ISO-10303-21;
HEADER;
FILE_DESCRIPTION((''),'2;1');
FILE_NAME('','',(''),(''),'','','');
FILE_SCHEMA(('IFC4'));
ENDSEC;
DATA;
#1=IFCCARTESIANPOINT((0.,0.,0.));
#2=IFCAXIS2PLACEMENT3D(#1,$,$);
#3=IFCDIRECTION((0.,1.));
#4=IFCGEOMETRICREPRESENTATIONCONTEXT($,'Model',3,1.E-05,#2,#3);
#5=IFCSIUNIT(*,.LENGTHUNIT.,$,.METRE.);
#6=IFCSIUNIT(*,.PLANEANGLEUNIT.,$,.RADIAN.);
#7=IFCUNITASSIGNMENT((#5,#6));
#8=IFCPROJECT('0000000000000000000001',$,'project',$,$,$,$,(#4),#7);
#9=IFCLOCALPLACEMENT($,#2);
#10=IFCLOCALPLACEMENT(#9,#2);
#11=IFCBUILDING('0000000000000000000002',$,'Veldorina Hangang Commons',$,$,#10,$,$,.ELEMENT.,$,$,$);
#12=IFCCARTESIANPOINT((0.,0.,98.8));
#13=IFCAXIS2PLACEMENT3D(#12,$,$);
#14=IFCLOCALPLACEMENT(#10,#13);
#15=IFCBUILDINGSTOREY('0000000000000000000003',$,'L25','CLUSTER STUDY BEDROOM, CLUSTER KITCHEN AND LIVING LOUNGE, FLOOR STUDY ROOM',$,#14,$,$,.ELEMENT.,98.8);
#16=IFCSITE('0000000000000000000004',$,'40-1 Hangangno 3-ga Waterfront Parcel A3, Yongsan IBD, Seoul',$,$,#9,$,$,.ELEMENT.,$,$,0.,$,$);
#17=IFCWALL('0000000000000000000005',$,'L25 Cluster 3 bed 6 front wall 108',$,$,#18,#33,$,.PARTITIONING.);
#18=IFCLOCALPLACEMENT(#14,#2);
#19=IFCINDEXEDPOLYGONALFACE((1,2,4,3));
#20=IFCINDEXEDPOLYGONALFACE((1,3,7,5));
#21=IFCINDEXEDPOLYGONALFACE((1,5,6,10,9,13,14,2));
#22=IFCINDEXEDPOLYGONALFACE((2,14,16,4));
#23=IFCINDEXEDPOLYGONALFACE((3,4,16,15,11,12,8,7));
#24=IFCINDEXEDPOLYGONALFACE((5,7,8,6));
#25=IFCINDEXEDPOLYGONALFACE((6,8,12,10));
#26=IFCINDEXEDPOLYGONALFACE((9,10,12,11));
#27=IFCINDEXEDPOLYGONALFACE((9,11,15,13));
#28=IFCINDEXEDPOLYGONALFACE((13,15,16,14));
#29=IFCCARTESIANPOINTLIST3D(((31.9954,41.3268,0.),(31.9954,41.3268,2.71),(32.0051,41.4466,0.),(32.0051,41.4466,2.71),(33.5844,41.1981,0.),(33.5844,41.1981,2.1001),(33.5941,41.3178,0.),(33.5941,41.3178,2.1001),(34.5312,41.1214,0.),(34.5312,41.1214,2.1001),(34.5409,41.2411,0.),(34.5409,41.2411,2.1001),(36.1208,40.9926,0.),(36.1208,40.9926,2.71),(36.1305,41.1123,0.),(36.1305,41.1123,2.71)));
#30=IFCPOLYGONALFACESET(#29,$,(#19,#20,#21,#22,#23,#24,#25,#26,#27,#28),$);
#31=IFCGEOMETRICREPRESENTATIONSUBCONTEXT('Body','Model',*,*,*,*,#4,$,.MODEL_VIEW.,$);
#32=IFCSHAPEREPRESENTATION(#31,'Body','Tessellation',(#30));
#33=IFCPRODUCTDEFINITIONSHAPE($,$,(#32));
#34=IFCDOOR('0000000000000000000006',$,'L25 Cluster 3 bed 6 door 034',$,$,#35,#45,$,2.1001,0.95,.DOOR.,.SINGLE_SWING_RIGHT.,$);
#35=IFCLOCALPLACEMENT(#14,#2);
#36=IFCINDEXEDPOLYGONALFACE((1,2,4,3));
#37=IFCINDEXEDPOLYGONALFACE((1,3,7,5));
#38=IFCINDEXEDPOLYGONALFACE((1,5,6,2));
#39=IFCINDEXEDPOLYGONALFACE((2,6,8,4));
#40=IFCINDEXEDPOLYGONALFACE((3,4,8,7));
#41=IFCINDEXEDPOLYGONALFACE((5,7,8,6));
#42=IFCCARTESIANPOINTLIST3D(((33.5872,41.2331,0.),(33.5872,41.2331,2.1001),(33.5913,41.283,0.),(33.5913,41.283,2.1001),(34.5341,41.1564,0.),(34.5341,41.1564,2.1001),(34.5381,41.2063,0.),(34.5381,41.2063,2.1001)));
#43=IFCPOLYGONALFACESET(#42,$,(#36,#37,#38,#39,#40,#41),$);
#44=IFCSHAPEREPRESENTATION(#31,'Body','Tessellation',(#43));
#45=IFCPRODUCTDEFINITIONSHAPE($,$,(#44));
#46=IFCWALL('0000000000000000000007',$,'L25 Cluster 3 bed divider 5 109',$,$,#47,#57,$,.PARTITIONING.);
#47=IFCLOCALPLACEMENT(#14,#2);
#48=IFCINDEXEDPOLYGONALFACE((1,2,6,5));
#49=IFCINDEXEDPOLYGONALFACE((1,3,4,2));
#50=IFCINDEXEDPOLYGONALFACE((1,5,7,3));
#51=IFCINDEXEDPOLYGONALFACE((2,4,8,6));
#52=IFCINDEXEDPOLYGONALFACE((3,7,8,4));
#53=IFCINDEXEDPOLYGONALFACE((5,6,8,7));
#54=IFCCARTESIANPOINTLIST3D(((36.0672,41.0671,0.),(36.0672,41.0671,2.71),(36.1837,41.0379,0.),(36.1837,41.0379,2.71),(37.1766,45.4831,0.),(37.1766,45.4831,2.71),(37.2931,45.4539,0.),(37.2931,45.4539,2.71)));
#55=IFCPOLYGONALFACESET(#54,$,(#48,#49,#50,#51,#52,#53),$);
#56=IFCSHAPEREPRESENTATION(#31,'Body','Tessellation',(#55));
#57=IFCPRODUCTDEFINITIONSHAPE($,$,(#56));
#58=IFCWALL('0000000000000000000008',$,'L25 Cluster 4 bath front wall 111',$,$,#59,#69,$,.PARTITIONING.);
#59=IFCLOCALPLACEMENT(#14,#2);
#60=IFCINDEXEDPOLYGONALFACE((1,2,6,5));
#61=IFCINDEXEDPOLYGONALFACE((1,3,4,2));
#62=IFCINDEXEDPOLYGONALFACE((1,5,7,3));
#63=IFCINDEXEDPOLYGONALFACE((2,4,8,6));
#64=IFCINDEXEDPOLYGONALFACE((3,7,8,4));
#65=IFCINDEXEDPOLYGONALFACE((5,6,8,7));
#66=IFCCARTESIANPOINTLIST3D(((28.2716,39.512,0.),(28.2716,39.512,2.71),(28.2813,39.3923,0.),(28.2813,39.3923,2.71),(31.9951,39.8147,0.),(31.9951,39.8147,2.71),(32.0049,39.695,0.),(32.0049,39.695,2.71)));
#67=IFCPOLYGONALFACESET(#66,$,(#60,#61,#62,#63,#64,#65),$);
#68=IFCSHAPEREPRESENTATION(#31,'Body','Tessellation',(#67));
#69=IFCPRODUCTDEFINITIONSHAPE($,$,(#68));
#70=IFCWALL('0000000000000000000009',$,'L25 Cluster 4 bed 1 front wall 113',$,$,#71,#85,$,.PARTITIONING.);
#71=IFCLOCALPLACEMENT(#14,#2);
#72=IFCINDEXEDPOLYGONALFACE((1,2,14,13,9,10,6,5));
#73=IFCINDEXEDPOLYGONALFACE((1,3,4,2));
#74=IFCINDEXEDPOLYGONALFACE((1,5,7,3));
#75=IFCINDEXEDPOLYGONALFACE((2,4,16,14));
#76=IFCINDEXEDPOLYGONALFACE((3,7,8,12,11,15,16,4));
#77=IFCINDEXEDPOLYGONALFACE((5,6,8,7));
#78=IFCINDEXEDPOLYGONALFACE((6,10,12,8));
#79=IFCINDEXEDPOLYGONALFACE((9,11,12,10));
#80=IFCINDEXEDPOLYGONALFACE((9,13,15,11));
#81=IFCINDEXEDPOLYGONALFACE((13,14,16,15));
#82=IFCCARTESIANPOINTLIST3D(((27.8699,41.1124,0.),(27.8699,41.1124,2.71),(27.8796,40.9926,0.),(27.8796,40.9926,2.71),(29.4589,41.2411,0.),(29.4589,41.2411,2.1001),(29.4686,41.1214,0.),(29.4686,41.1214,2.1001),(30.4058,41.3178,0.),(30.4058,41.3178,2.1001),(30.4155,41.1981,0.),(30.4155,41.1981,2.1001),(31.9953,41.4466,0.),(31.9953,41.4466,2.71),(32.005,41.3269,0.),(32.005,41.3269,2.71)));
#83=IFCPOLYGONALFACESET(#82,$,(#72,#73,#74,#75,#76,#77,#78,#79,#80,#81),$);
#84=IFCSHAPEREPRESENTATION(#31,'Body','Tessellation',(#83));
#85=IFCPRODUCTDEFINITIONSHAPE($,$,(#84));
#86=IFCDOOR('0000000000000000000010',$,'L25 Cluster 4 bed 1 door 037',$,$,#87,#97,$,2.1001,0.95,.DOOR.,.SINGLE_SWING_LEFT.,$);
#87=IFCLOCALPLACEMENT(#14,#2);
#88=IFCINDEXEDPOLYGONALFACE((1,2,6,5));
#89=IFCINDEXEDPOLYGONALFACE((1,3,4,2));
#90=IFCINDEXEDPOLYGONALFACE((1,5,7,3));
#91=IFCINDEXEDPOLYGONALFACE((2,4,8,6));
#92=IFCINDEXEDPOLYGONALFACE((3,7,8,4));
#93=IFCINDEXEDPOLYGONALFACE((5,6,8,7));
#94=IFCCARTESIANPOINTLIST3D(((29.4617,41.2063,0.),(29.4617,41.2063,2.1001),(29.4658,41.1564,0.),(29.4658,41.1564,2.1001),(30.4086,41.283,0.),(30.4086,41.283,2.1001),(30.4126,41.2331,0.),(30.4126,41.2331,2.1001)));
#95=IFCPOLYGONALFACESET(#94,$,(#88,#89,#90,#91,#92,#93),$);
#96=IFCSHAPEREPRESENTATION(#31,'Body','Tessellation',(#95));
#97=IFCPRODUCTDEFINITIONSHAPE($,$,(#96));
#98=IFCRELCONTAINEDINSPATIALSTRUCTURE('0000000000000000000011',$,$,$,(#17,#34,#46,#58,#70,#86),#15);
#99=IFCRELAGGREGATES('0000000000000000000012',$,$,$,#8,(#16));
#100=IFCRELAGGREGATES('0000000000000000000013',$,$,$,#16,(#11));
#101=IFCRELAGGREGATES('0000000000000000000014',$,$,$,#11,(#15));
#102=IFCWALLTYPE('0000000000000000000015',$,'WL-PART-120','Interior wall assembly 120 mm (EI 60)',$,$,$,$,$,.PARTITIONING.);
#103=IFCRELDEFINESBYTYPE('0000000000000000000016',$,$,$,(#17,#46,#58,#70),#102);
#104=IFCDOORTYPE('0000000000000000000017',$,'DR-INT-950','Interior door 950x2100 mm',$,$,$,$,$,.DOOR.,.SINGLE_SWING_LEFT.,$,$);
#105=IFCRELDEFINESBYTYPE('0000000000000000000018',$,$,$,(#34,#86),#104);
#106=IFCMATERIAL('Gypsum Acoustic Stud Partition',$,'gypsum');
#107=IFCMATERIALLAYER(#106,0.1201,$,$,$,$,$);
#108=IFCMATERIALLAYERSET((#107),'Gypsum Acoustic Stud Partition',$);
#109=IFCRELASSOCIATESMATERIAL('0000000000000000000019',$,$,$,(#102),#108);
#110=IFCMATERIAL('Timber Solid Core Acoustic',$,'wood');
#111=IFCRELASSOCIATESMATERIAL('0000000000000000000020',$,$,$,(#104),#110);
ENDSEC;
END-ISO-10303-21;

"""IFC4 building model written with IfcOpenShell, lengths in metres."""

from ifc_helpers import new_model, si_unit, direction, frame, frame_2d, origin, place, context, subcontext, project, spatial, rectangle, extrude, material, layer, layer_set, type_object, element, fill, save


model = new_model("IFC4")

# Units and contexts
model_context = context("Model", 3, precision=1e-05, world=origin(), true_north=direction((0.0, 1.0)))
body_context = subcontext(model_context, "Body", "Model", "MODEL_VIEW")
ifc_project = project(units=[si_unit("LENGTHUNIT", "METRE"), si_unit("PLANEANGLEUNIT", "RADIAN")], contexts=[model_context])

# Site, building, storey
site_placement = place(None, origin())
site = spatial("IfcSite", under=ifc_project, at=site_placement, Name="40-1 Hangangno 3-ga Waterfront Parcel A3, Yongsan IBD, Seoul", CompositionType="ELEMENT", RefElevation=0.0)
building_placement = place(site_placement, origin())
building = spatial("IfcBuilding", under=site, at=building_placement, Name="Veldorina Hangang Commons", CompositionType="ELEMENT")
storey_placement = place(building_placement, frame((0.0, 0.0, 98.8)))
storey = spatial("IfcBuildingStorey", under=building, at=storey_placement, Name="L25", Description="CLUSTER STUDY BEDROOM, CLUSTER KITCHEN AND LIVING LOUNGE, FLOOR STUDY ROOM", CompositionType="ELEMENT", Elevation=98.8)

# Shared definitions
ifc_material_1 = material(Name="Gypsum Acoustic Stud Partition", Category="gypsum")
ifc_layer_1 = layer(ifc_material_1, 0.1201)
ifc_layer_set_1 = layer_set([ifc_layer_1], Name="Gypsum Acoustic Stud Partition")
wall_type_1 = type_object("IfcWallType", Name="WL-PART-120", Description="Interior wall assembly 120 mm (EI 60)", PredefinedType="PARTITIONING", material=ifc_layer_set_1)
ifc_material_2 = material(Name="Timber Solid Core Acoustic", Category="wood")
door_type = type_object("IfcDoorType", Name="DR-INT-950", Description="Interior door 950x2100 mm", OperationType="SINGLE_SWING_LEFT", PredefinedType="DOOR", material=ifc_material_2)

# Wall, opening, door
wall_1_placement = place(storey_placement, frame((36.1255, 41.0525, 0.0), z_axis=(0.0, 0.0, 1.0), x_axis=(-0.996734, 0.080751, 0.0)))
wall_1 = element("IfcWall", 1, at=wall_1_placement, inside=storey, type_object=wall_type_1, Name="L25 Cluster 3 bed 6 front wall 108", PredefinedType="PARTITIONING", context=body_context, shape_type="SweptSolid", body=[
    extrude(rectangle(XDim=4.1389, YDim=0.1201, at=frame_2d((2.0693, 0.0))), origin(), (0.0, 0.0, 1.0), 2.71),
])
opening_1_placement = place(wall_1_placement, frame((1.5945, 0.0, 0.0)))
opening_1 = element("IfcOpeningElement", 2, at=opening_1_placement, cuts=wall_1, PredefinedType="OPENING", context=body_context, shape_type="SweptSolid", body=[
    extrude(rectangle(XDim=0.95, YDim=2.1001, at=frame_2d((0.4751, 1.05))), frame((0.0, 0.0701, 0.0), z_axis=(0.0, -1.0, 0.0), x_axis=(1.0, 0.0, 0.0)), (0.0, 0.0, 1.0), 0.1401),
])
door_1_placement = place(opening_1_placement, origin())
door_1 = element("IfcDoor", 3, at=door_1_placement, inside=storey, type_object=door_type, Name="L25 Cluster 3 bed 6 door 034", OperationType="SINGLE_SWING_RIGHT", OverallHeight=2.1001, OverallWidth=0.95, PredefinedType="DOOR", context=body_context, shape_type="SweptSolid", body=[
    extrude(rectangle(XDim=0.95, YDim=2.1001, at=frame_2d((0.4751, 1.05))), frame((0.0, 0.0249, 0.0), z_axis=(0.0, -1.0, 0.0), x_axis=(1.0, 0.0, 0.0)), (0.0, 0.0, 1.0), 0.05),
])
fill(opening_1, door_1)

# Walls
wall_2_placement = place(storey_placement, frame((36.1255, 41.0525, 0.0), z_axis=(0.0, 0.0, 1.0), x_axis=(0.243646, 0.969864, 0.0)))
element("IfcWall", 4, at=wall_2_placement, inside=storey, type_object=wall_type_1, Name="L25 Cluster 3 bed divider 5 109", PredefinedType="PARTITIONING", context=body_context, shape_type="SweptSolid", body=[
    extrude(rectangle(XDim=4.5532, YDim=0.1201, at=frame_2d((2.2766, 0.0))), origin(), (0.0, 0.0, 1.0), 2.71),
])
wall_3_placement = place(storey_placement, frame((32.0, 39.7549, 0.0), z_axis=(0.0, 0.0, 1.0), x_axis=(-0.996711, -0.081033, 0.0)))
element("IfcWall", 5, at=wall_3_placement, inside=storey, type_object=wall_type_1, Name="L25 Cluster 4 bath front wall 111", PredefinedType="PARTITIONING", context=body_context, shape_type="SweptSolid", body=[
    extrude(rectangle(XDim=3.7358, YDim=0.1201, at=frame_2d((1.8679, 0.0))), origin(), (0.0, 0.0, 1.0), 2.71),
])

# Wall, opening, door
wall_4_placement = place(storey_placement, frame((32.0, 41.3867, 0.0), z_axis=(0.0, 0.0, 1.0), x_axis=(-0.996734, -0.080751, 0.0)))
wall_4 = element("IfcWall", 6, at=wall_4_placement, inside=storey, type_object=wall_type_1, Name="L25 Cluster 4 bed 1 front wall 113", PredefinedType="PARTITIONING", context=body_context, shape_type="SweptSolid", body=[
    extrude(rectangle(XDim=4.1389, YDim=0.1201, at=frame_2d((2.0693, 0.0))), origin(), (0.0, 0.0, 1.0), 2.71),
])
opening_2_placement = place(wall_4_placement, frame((1.5945, 0.0, 0.0)))
opening_2 = element("IfcOpeningElement", 7, at=opening_2_placement, cuts=wall_4, PredefinedType="OPENING", context=body_context, shape_type="SweptSolid", body=[
    extrude(rectangle(XDim=0.95, YDim=2.1001, at=frame_2d((0.4751, 1.05))), frame((0.0, 0.0701, 0.0), z_axis=(0.0, -1.0, 0.0), x_axis=(1.0, 0.0, 0.0)), (0.0, 0.0, 1.0), 0.1401),
])
door_2_placement = place(opening_2_placement, origin())
door_2 = element("IfcDoor", 8, at=door_2_placement, inside=storey, type_object=door_type, Name="L25 Cluster 4 bed 1 door 037", OperationType="SINGLE_SWING_LEFT", OverallHeight=2.1001, OverallWidth=0.95, PredefinedType="DOOR", context=body_context, shape_type="SweptSolid", body=[
    extrude(rectangle(XDim=0.95, YDim=2.1001, at=frame_2d((0.4751, 1.05))), frame((0.0, 0.0249, 0.0), z_axis=(0.0, -1.0, 0.0), x_axis=(1.0, 0.0, 0.0)), (0.0, 0.0, 1.0), 0.05),
])
fill(opening_2, door_2)

save(model, "model.ifc")
